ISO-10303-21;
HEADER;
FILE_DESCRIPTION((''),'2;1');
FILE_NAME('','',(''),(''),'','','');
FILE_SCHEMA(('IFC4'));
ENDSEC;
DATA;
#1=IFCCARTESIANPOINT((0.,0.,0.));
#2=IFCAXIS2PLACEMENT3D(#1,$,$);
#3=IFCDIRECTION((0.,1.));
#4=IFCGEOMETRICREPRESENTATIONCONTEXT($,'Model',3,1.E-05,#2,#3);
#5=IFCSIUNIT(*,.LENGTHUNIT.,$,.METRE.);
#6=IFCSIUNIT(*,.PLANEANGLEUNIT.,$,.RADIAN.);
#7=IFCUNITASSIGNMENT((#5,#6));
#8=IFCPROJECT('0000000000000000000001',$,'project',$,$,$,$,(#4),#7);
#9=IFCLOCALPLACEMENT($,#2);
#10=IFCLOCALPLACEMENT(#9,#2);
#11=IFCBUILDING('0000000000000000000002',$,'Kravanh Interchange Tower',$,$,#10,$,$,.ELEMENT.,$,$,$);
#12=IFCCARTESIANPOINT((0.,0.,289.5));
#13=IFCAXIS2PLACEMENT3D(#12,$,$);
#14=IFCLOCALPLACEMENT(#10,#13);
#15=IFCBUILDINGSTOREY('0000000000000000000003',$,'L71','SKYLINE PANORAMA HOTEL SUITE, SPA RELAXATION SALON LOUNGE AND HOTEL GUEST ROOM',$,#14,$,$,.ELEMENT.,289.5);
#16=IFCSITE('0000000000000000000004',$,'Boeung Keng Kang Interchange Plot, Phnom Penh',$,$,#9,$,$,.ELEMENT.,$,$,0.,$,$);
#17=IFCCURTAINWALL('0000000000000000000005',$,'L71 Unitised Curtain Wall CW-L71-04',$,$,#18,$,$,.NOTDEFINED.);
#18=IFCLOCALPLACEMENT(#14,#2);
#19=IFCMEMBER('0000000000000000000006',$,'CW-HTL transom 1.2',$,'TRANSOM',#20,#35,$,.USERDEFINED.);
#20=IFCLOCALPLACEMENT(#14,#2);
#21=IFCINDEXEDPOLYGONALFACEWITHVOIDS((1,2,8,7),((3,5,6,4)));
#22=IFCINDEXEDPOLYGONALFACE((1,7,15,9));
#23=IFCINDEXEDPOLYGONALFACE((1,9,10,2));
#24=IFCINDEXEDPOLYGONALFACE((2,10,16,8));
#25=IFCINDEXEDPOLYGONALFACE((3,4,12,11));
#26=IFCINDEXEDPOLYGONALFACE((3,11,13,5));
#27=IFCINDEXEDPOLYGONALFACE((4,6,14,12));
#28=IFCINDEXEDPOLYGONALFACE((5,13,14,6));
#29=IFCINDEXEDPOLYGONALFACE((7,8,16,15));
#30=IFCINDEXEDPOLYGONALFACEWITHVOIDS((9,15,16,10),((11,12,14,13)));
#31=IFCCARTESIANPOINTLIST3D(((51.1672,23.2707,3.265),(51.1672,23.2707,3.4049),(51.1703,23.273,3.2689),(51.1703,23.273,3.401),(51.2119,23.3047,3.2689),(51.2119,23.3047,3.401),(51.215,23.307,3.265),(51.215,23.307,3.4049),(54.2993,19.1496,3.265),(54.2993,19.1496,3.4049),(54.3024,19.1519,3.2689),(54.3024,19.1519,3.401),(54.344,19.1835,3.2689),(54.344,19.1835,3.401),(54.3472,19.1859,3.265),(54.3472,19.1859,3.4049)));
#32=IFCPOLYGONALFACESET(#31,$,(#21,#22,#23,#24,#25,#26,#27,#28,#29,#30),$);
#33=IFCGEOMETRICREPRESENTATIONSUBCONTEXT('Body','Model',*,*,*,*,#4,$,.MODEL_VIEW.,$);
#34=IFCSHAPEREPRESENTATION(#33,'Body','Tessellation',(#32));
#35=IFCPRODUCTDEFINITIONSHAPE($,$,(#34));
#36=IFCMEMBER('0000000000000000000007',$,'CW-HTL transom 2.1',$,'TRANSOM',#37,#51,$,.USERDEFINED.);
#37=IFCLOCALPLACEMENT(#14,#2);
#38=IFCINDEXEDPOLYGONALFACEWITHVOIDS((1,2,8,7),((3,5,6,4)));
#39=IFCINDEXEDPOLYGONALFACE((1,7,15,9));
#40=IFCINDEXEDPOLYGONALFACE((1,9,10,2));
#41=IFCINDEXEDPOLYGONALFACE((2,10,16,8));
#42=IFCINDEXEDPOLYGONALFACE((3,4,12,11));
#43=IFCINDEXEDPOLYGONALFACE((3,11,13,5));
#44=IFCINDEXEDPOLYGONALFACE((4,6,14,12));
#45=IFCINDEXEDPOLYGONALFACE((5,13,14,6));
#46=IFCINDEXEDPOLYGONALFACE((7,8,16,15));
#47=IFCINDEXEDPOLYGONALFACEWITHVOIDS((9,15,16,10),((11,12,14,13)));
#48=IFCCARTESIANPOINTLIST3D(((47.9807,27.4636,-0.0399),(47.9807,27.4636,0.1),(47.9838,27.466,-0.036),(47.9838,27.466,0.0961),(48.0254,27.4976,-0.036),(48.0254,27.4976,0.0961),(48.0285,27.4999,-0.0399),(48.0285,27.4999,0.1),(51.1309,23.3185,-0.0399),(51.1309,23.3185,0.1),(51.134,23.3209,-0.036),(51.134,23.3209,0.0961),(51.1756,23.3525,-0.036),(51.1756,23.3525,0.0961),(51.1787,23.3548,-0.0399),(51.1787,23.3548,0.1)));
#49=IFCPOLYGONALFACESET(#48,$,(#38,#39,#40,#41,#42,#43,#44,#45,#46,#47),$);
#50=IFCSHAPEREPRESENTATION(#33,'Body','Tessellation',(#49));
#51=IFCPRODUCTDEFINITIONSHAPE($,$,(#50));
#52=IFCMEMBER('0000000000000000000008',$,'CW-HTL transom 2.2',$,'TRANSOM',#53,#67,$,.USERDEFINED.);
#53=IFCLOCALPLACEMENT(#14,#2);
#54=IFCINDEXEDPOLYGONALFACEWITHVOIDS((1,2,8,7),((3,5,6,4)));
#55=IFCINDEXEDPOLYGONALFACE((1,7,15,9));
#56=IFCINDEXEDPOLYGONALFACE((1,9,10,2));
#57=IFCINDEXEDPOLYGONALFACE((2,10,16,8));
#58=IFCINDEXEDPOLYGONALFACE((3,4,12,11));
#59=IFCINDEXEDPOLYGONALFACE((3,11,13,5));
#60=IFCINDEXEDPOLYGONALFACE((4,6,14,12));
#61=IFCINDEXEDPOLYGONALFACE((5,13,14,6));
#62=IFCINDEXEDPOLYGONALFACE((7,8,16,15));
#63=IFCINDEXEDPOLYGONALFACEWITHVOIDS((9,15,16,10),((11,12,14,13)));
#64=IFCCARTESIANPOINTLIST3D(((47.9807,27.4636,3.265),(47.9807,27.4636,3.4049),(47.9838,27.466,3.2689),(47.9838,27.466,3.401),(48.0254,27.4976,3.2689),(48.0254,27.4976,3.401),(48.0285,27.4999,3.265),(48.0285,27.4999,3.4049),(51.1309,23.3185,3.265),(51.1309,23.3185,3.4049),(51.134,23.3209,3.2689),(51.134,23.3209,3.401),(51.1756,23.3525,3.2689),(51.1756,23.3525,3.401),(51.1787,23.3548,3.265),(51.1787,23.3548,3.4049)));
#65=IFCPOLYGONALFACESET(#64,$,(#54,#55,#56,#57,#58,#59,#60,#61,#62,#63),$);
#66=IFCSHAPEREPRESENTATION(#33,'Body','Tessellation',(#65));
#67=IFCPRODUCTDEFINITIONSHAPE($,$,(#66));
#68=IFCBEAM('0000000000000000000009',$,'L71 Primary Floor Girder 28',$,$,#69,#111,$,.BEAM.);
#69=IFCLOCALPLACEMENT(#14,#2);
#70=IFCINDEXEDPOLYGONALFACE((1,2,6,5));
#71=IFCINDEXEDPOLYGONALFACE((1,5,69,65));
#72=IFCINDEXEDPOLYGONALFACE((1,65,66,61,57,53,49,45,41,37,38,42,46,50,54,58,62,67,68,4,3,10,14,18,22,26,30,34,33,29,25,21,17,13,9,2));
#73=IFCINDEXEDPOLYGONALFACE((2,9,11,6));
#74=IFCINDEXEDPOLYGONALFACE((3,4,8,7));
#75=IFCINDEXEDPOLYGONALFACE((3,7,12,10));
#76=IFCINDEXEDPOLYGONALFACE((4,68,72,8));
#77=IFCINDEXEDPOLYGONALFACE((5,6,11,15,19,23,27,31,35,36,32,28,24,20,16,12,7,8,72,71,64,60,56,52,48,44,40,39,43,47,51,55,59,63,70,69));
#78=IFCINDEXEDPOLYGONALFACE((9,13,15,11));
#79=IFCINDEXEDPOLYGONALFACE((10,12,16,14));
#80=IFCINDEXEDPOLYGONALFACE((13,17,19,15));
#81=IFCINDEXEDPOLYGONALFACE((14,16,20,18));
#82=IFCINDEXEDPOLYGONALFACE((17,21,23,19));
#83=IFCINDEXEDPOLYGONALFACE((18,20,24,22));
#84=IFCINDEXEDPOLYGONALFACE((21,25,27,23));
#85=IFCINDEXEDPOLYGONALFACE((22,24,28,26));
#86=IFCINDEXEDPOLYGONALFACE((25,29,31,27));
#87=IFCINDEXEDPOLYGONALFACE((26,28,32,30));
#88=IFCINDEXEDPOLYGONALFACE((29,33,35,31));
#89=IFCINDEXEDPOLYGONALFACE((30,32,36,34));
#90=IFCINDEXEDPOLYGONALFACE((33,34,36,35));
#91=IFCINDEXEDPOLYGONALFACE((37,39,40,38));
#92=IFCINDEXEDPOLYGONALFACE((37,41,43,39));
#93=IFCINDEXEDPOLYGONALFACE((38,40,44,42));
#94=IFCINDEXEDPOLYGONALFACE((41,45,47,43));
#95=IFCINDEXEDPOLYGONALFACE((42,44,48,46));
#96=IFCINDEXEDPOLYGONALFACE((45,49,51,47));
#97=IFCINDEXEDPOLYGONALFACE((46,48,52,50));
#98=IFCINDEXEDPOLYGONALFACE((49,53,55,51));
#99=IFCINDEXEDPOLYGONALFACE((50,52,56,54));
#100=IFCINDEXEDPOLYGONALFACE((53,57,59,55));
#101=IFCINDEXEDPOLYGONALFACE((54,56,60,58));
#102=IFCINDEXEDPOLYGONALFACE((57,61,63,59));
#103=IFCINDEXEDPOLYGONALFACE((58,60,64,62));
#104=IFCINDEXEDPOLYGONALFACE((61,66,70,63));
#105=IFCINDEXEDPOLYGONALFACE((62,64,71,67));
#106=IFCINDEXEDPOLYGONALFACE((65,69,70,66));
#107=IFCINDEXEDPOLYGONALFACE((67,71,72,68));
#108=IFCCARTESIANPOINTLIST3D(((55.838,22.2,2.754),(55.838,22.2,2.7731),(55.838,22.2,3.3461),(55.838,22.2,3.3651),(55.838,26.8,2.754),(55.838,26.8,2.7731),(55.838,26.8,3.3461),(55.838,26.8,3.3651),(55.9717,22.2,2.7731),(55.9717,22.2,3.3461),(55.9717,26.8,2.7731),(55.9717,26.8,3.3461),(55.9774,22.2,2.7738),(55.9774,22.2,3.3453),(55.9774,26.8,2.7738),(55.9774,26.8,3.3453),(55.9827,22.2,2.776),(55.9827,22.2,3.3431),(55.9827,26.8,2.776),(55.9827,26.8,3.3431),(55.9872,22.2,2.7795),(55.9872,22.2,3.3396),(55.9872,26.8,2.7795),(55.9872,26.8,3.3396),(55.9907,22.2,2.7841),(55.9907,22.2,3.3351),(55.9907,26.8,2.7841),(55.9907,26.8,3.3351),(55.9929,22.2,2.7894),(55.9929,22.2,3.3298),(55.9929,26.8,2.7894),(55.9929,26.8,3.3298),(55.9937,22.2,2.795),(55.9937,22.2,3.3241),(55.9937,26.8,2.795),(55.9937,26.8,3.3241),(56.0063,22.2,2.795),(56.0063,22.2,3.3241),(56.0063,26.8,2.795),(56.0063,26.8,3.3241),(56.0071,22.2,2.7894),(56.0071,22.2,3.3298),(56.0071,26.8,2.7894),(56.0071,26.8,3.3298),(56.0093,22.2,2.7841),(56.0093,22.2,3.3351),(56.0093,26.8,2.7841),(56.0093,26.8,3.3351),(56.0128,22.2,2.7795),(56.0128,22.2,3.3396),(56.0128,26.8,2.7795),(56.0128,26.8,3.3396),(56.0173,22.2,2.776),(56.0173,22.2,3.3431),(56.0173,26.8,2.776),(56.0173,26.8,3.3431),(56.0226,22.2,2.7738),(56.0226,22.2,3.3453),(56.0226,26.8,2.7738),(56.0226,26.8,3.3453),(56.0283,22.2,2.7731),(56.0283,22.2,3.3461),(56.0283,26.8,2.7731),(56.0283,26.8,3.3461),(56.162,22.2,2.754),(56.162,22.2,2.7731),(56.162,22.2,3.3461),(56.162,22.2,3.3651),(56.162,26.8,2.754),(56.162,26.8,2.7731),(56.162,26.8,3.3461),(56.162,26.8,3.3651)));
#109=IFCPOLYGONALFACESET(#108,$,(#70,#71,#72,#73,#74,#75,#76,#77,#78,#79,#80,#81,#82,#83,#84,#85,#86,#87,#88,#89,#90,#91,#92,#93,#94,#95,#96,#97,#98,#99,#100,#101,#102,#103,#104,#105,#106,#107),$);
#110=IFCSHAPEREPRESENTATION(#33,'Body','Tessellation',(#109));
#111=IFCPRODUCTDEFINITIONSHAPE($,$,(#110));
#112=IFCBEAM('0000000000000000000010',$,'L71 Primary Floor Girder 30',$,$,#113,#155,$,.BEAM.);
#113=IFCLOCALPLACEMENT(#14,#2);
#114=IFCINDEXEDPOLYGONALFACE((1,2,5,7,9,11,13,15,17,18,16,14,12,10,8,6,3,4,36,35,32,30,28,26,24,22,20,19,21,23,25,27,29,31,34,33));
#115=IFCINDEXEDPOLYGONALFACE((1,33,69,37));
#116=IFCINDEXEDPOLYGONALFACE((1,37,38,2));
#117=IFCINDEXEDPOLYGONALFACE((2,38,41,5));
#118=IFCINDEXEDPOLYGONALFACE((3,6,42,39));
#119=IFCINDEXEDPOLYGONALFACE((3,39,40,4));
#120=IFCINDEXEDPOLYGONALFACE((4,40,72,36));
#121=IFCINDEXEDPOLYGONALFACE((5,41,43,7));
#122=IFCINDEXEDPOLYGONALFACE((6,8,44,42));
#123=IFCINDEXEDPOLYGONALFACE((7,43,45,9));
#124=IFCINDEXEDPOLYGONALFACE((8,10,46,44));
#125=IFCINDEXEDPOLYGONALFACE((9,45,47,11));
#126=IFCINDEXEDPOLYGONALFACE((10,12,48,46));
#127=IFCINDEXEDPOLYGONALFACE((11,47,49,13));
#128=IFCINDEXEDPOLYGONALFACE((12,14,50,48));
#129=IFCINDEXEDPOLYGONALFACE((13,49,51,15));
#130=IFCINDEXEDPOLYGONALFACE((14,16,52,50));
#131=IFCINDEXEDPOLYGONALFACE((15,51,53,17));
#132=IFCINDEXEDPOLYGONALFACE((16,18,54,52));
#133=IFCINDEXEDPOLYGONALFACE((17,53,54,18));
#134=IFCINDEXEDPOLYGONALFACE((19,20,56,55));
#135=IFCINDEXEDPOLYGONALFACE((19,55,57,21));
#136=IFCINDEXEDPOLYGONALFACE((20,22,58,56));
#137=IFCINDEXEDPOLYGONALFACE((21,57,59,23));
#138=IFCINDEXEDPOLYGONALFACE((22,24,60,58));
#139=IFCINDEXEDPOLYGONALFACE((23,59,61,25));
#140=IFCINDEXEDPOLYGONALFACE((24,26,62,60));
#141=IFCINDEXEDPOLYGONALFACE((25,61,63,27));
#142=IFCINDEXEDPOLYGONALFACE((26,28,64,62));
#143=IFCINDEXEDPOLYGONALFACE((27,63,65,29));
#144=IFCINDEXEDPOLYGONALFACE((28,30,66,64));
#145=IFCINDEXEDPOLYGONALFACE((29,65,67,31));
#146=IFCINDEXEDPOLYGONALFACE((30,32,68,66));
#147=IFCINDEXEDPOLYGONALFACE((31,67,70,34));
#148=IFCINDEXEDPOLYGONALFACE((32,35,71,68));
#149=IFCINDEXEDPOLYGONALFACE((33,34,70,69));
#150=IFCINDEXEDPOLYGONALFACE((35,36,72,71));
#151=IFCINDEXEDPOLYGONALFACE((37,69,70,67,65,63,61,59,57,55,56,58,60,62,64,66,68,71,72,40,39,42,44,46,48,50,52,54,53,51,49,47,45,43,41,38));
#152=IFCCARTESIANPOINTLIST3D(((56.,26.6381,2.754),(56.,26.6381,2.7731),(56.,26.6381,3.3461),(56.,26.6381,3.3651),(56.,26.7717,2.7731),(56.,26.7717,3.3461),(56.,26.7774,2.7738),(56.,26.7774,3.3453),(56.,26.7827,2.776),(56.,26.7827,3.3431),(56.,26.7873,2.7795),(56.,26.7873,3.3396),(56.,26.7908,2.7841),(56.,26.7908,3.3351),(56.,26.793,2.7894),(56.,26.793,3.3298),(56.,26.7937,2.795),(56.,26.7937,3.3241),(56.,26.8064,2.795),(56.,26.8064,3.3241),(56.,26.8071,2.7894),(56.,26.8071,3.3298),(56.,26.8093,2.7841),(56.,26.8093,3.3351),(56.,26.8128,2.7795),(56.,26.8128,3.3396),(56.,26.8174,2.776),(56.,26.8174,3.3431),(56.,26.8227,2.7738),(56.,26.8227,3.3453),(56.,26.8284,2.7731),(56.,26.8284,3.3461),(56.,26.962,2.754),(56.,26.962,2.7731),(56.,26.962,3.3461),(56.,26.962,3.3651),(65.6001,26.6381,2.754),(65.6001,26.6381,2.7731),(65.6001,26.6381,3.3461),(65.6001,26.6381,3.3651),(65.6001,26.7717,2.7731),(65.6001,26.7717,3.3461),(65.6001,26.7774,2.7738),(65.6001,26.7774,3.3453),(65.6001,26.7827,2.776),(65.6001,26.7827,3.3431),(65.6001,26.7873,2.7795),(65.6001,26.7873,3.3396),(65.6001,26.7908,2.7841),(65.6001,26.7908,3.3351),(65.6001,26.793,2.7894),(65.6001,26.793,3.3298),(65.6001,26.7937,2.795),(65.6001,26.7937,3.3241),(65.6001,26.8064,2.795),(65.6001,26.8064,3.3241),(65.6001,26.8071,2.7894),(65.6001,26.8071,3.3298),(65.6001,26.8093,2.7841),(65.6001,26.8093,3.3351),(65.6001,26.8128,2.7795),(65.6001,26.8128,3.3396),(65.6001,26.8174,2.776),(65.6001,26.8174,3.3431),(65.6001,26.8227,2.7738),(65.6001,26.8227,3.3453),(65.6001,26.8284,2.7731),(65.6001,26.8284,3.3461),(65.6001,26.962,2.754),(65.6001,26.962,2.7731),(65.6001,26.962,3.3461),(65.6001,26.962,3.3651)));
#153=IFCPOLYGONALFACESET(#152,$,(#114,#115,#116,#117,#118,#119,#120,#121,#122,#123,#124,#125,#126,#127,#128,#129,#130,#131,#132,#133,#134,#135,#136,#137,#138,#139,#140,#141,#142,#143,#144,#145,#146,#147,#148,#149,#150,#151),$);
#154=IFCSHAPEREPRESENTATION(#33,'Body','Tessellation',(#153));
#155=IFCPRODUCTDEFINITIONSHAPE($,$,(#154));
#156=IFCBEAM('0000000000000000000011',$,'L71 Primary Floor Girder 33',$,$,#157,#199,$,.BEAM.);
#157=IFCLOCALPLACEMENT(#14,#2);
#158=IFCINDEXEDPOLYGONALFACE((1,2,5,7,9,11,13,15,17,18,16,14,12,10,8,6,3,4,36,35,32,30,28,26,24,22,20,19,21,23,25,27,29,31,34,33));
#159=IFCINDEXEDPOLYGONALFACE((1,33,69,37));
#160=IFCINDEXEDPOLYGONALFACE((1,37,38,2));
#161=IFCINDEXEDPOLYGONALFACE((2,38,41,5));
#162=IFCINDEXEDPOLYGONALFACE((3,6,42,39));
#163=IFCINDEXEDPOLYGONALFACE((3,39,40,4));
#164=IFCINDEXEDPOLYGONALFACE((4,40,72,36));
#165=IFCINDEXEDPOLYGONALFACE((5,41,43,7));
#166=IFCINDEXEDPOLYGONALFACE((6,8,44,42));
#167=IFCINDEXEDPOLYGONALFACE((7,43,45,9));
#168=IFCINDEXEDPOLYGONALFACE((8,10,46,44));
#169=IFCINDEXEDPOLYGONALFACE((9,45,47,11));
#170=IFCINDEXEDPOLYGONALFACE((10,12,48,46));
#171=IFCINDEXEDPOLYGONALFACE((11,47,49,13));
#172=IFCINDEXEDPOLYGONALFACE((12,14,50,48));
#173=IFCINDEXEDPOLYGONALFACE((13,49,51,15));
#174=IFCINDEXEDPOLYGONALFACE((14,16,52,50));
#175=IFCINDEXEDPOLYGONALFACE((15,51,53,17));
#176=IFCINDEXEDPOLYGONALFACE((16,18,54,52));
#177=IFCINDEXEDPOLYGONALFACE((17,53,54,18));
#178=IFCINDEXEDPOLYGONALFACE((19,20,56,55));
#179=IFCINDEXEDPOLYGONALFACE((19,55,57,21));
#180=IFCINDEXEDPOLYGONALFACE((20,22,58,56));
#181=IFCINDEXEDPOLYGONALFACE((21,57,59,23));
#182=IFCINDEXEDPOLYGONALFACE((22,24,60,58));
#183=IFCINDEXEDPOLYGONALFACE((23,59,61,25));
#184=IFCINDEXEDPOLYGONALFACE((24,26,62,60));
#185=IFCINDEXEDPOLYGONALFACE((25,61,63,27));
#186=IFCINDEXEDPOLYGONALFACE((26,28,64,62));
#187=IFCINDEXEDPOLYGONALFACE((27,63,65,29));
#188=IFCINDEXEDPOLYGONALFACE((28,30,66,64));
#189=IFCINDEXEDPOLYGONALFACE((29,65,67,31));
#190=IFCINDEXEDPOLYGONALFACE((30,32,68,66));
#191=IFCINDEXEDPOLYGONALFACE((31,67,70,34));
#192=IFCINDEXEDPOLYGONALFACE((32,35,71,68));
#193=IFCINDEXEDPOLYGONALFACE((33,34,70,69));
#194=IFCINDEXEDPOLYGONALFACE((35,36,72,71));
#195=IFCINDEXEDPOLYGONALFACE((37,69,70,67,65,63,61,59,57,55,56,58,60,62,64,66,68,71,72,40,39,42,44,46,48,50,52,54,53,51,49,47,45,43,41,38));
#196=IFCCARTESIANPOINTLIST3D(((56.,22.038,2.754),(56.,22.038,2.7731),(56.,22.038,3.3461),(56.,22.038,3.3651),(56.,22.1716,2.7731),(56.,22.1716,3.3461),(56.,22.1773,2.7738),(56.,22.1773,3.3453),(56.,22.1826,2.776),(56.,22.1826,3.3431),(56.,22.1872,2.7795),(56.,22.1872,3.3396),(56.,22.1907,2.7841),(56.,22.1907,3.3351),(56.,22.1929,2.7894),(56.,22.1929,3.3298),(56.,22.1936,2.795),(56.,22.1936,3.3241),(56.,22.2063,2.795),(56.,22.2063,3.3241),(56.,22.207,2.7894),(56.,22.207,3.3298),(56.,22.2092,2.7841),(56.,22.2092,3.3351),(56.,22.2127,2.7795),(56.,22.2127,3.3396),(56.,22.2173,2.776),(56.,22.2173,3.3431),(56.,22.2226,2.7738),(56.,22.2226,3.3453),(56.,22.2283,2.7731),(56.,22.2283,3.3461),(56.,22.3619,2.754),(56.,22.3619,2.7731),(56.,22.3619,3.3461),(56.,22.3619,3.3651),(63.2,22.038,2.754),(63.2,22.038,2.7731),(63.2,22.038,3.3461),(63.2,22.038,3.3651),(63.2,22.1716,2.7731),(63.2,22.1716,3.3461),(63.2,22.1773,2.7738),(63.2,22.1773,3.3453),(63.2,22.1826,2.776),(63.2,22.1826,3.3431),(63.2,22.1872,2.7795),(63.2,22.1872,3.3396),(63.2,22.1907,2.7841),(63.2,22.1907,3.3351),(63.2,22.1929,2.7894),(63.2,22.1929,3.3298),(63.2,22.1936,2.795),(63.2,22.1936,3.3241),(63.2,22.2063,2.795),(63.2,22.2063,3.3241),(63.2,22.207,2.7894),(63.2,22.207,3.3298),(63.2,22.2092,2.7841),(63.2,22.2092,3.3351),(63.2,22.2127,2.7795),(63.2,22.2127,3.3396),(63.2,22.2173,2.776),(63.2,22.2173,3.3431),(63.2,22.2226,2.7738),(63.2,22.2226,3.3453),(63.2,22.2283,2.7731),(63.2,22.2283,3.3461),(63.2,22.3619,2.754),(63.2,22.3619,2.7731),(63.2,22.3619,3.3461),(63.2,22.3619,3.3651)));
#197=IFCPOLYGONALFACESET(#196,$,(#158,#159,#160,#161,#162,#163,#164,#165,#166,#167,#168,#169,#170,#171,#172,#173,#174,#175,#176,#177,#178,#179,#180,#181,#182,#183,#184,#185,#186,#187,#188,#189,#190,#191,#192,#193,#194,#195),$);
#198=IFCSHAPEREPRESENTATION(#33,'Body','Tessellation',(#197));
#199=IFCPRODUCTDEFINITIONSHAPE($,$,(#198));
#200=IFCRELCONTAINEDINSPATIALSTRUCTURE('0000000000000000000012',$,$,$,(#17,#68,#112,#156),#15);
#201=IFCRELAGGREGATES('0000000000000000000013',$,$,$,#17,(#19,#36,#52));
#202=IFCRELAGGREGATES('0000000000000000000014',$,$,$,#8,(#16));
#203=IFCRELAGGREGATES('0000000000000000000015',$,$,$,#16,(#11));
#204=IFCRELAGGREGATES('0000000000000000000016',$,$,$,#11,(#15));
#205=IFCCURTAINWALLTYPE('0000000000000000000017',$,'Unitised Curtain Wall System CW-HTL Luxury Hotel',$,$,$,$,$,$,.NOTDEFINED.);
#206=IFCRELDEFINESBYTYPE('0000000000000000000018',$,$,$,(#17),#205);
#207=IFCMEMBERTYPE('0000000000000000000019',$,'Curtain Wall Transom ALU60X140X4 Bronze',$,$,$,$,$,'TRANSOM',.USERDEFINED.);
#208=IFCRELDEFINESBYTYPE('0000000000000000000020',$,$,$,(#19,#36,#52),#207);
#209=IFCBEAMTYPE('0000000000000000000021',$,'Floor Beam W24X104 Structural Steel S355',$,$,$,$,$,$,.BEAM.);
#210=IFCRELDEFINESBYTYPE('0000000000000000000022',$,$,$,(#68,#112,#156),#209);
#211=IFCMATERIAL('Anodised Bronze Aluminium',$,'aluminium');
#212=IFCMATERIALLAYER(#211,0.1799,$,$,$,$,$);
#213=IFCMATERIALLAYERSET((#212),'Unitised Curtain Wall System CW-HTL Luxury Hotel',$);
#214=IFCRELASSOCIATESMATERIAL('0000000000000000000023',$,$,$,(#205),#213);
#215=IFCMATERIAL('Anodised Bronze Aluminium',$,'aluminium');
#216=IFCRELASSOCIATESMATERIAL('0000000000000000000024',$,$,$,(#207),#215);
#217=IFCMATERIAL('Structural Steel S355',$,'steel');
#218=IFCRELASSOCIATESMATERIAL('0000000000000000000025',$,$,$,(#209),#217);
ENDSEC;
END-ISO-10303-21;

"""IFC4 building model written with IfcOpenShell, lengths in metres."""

from ifc_helpers import new_model, si_unit, direction, frame, origin, origin_2d, place, context, subcontext, project, spatial, hollow_rectangle, i_section, extrude, material, layer, layer_set, material_profile, profile_set, type_object, element, aggregate, save


model = new_model("IFC4")

# Units and contexts
model_context = context("Model", 3, precision=1e-05, world=origin(), true_north=direction((0.0, 1.0)))
body_context = subcontext(model_context, "Body", "Model", "MODEL_VIEW")
ifc_project = project(units=[si_unit("LENGTHUNIT", "METRE"), si_unit("PLANEANGLEUNIT", "RADIAN")], contexts=[model_context])

# Site, building, storey
site_placement = place(None, origin())
site = spatial("IfcSite", under=ifc_project, at=site_placement, Name="Boeung Keng Kang Interchange Plot, Phnom Penh", CompositionType="ELEMENT", RefElevation=0.0)
building_placement = place(site_placement, origin())
building = spatial("IfcBuilding", under=site, at=building_placement, Name="Kravanh Interchange Tower", CompositionType="ELEMENT")
storey_placement = place(building_placement, frame((0.0, 0.0, 289.5)))
storey = spatial("IfcBuildingStorey", under=building, at=storey_placement, Name="L71", Description="SKYLINE PANORAMA HOTEL SUITE, SPA RELAXATION SALON LOUNGE AND HOTEL GUEST ROOM", CompositionType="ELEMENT", Elevation=289.5)

# Shared definitions
ifc_material_1 = material(Name="Anodised Bronze Aluminium", Category="aluminium")
ifc_layer_1 = layer(ifc_material_1, 0.1799)
ifc_layer_set_1 = layer_set([ifc_layer_1], Name="Unitised Curtain Wall System CW-HTL Luxury Hotel")
curtain_wall_type = type_object("IfcCurtainWallType", Name="Unitised Curtain Wall System CW-HTL Luxury Hotel", PredefinedType="NOTDEFINED", material=ifc_layer_set_1)

# Curtain wall
curtain_wall_1_placement = place(storey_placement, origin())
curtain_wall_1 = element("IfcCurtainWall", 1, at=curtain_wall_1_placement, inside=storey, type_object=curtain_wall_type, Name="L71 Unitised Curtain Wall CW-L71-04", PredefinedType="NOTDEFINED")

# Members
ifc_material_2 = material(Name="Anodised Bronze Aluminium", Category="aluminium")
ifc_material_profile_1 = material_profile(ifc_material_2, hollow_rectangle(XDim=0.0601, YDim=0.1399, WallThickness=0.0039, at=origin_2d()), Name="ALU60X140X4")
ifc_profile_set_1 = profile_set([ifc_material_profile_1], Name="Anodised Bronze Aluminium")
member_type_1 = type_object("IfcMemberType", Name="Curtain Wall Transom ALU60X140X4 Bronze", ElementType="TRANSOM", PredefinedType="USERDEFINED", material=ifc_profile_set_1)
member_1_placement = place(storey_placement, frame((54.3232, 19.1677, 3.335), z_axis=(-0.605089, 0.796158, 0.0), x_axis=(-0.796158, -0.605089, 0.0)))
member_1 = element("IfcMember", 2, at=member_1_placement, type_object=member_type_1, Name="CW-HTL transom 1.2", ObjectType="TRANSOM", PredefinedType="USERDEFINED", context=body_context, shape_type="SweptSolid", body=[
    extrude(hollow_rectangle(XDim=0.0601, YDim=0.1399, WallThickness=0.0039, at=origin_2d()), origin(), (0.0, 0.0, 1.0), 5.1763),
])
member_2_placement = place(storey_placement, frame((51.1548, 23.3367, 0.03), z_axis=(-0.605075, 0.796169, 0.0), x_axis=(-0.796169, -0.605075, 0.0)))
member_2 = element("IfcMember", 3, at=member_2_placement, type_object=member_type_1, Name="CW-HTL transom 2.1", ObjectType="TRANSOM", PredefinedType="USERDEFINED", context=body_context, shape_type="SweptSolid", body=[
    extrude(hollow_rectangle(XDim=0.0601, YDim=0.1399, WallThickness=0.0039, at=origin_2d()), origin(), (0.0, 0.0, 1.0), 5.2063),
])
member_3_placement = place(storey_placement, frame((51.1548, 23.3367, 3.335), z_axis=(-0.605075, 0.796169, 0.0), x_axis=(-0.796169, -0.605075, 0.0)))
member_3 = element("IfcMember", 4, at=member_3_placement, type_object=member_type_1, Name="CW-HTL transom 2.2", ObjectType="TRANSOM", PredefinedType="USERDEFINED", context=body_context, shape_type="SweptSolid", body=[
    extrude(hollow_rectangle(XDim=0.0601, YDim=0.1399, WallThickness=0.0039, at=origin_2d()), origin(), (0.0, 0.0, 1.0), 5.2063),
])

# Beams
ifc_material_3 = material(Name="Structural Steel S355", Category="steel")
ifc_material_profile_2 = material_profile(ifc_material_3, i_section(OverallWidth=0.324, OverallDepth=0.6111, WebThickness=0.0127, FlangeThickness=0.019, FilletRadius=0.022, at=origin_2d()), Name="W24X104")
ifc_profile_set_2 = profile_set([ifc_material_profile_2], Name="Structural Steel S355")
beam_type_1 = type_object("IfcBeamType", Name="Floor Beam W24X104 Structural Steel S355", PredefinedType="BEAM", material=ifc_profile_set_2)
beam_1_placement = place(storey_placement, frame((56.0, 26.8, 3.0596), z_axis=(0.0, -1.0, 0.0), x_axis=(1.0, 0.0, 0.0)))
element("IfcBeam", 5, at=beam_1_placement, inside=storey, type_object=beam_type_1, Name="L71 Primary Floor Girder 28", PredefinedType="BEAM", context=body_context, shape_type="SweptSolid", body=[
    extrude(i_section(OverallWidth=0.324, OverallDepth=0.6111, WebThickness=0.0127, FlangeThickness=0.019, FilletRadius=0.022, at=origin_2d()), origin(), (0.0, 0.0, 1.0), 4.6001),
])
beam_2_placement = place(storey_placement, frame((56.0, 26.8, 3.0596), z_axis=(1.0, 0.0, 0.0), x_axis=(0.0, 1.0, 0.0)))
element("IfcBeam", 6, at=beam_2_placement, inside=storey, type_object=beam_type_1, Name="L71 Primary Floor Girder 30", PredefinedType="BEAM", context=body_context, shape_type="SweptSolid", body=[
    extrude(i_section(OverallWidth=0.324, OverallDepth=0.6111, WebThickness=0.0127, FlangeThickness=0.019, FilletRadius=0.022, at=origin_2d()), origin(), (0.0, 0.0, 1.0), 9.6001),
])
beam_3_placement = place(storey_placement, frame((56.0, 22.2, 3.0596), z_axis=(1.0, 0.0, 0.0), x_axis=(0.0, 1.0, 0.0)))
element("IfcBeam", 7, at=beam_3_placement, inside=storey, type_object=beam_type_1, Name="L71 Primary Floor Girder 33", PredefinedType="BEAM", context=body_context, shape_type="SweptSolid", body=[
    extrude(i_section(OverallWidth=0.324, OverallDepth=0.6111, WebThickness=0.0127, FlangeThickness=0.019, FilletRadius=0.022, at=origin_2d()), origin(), (0.0, 0.0, 1.0), 7.2),
])

aggregate(curtain_wall_1, [member_1, member_2, member_3])

save(model, "model.ifc")
